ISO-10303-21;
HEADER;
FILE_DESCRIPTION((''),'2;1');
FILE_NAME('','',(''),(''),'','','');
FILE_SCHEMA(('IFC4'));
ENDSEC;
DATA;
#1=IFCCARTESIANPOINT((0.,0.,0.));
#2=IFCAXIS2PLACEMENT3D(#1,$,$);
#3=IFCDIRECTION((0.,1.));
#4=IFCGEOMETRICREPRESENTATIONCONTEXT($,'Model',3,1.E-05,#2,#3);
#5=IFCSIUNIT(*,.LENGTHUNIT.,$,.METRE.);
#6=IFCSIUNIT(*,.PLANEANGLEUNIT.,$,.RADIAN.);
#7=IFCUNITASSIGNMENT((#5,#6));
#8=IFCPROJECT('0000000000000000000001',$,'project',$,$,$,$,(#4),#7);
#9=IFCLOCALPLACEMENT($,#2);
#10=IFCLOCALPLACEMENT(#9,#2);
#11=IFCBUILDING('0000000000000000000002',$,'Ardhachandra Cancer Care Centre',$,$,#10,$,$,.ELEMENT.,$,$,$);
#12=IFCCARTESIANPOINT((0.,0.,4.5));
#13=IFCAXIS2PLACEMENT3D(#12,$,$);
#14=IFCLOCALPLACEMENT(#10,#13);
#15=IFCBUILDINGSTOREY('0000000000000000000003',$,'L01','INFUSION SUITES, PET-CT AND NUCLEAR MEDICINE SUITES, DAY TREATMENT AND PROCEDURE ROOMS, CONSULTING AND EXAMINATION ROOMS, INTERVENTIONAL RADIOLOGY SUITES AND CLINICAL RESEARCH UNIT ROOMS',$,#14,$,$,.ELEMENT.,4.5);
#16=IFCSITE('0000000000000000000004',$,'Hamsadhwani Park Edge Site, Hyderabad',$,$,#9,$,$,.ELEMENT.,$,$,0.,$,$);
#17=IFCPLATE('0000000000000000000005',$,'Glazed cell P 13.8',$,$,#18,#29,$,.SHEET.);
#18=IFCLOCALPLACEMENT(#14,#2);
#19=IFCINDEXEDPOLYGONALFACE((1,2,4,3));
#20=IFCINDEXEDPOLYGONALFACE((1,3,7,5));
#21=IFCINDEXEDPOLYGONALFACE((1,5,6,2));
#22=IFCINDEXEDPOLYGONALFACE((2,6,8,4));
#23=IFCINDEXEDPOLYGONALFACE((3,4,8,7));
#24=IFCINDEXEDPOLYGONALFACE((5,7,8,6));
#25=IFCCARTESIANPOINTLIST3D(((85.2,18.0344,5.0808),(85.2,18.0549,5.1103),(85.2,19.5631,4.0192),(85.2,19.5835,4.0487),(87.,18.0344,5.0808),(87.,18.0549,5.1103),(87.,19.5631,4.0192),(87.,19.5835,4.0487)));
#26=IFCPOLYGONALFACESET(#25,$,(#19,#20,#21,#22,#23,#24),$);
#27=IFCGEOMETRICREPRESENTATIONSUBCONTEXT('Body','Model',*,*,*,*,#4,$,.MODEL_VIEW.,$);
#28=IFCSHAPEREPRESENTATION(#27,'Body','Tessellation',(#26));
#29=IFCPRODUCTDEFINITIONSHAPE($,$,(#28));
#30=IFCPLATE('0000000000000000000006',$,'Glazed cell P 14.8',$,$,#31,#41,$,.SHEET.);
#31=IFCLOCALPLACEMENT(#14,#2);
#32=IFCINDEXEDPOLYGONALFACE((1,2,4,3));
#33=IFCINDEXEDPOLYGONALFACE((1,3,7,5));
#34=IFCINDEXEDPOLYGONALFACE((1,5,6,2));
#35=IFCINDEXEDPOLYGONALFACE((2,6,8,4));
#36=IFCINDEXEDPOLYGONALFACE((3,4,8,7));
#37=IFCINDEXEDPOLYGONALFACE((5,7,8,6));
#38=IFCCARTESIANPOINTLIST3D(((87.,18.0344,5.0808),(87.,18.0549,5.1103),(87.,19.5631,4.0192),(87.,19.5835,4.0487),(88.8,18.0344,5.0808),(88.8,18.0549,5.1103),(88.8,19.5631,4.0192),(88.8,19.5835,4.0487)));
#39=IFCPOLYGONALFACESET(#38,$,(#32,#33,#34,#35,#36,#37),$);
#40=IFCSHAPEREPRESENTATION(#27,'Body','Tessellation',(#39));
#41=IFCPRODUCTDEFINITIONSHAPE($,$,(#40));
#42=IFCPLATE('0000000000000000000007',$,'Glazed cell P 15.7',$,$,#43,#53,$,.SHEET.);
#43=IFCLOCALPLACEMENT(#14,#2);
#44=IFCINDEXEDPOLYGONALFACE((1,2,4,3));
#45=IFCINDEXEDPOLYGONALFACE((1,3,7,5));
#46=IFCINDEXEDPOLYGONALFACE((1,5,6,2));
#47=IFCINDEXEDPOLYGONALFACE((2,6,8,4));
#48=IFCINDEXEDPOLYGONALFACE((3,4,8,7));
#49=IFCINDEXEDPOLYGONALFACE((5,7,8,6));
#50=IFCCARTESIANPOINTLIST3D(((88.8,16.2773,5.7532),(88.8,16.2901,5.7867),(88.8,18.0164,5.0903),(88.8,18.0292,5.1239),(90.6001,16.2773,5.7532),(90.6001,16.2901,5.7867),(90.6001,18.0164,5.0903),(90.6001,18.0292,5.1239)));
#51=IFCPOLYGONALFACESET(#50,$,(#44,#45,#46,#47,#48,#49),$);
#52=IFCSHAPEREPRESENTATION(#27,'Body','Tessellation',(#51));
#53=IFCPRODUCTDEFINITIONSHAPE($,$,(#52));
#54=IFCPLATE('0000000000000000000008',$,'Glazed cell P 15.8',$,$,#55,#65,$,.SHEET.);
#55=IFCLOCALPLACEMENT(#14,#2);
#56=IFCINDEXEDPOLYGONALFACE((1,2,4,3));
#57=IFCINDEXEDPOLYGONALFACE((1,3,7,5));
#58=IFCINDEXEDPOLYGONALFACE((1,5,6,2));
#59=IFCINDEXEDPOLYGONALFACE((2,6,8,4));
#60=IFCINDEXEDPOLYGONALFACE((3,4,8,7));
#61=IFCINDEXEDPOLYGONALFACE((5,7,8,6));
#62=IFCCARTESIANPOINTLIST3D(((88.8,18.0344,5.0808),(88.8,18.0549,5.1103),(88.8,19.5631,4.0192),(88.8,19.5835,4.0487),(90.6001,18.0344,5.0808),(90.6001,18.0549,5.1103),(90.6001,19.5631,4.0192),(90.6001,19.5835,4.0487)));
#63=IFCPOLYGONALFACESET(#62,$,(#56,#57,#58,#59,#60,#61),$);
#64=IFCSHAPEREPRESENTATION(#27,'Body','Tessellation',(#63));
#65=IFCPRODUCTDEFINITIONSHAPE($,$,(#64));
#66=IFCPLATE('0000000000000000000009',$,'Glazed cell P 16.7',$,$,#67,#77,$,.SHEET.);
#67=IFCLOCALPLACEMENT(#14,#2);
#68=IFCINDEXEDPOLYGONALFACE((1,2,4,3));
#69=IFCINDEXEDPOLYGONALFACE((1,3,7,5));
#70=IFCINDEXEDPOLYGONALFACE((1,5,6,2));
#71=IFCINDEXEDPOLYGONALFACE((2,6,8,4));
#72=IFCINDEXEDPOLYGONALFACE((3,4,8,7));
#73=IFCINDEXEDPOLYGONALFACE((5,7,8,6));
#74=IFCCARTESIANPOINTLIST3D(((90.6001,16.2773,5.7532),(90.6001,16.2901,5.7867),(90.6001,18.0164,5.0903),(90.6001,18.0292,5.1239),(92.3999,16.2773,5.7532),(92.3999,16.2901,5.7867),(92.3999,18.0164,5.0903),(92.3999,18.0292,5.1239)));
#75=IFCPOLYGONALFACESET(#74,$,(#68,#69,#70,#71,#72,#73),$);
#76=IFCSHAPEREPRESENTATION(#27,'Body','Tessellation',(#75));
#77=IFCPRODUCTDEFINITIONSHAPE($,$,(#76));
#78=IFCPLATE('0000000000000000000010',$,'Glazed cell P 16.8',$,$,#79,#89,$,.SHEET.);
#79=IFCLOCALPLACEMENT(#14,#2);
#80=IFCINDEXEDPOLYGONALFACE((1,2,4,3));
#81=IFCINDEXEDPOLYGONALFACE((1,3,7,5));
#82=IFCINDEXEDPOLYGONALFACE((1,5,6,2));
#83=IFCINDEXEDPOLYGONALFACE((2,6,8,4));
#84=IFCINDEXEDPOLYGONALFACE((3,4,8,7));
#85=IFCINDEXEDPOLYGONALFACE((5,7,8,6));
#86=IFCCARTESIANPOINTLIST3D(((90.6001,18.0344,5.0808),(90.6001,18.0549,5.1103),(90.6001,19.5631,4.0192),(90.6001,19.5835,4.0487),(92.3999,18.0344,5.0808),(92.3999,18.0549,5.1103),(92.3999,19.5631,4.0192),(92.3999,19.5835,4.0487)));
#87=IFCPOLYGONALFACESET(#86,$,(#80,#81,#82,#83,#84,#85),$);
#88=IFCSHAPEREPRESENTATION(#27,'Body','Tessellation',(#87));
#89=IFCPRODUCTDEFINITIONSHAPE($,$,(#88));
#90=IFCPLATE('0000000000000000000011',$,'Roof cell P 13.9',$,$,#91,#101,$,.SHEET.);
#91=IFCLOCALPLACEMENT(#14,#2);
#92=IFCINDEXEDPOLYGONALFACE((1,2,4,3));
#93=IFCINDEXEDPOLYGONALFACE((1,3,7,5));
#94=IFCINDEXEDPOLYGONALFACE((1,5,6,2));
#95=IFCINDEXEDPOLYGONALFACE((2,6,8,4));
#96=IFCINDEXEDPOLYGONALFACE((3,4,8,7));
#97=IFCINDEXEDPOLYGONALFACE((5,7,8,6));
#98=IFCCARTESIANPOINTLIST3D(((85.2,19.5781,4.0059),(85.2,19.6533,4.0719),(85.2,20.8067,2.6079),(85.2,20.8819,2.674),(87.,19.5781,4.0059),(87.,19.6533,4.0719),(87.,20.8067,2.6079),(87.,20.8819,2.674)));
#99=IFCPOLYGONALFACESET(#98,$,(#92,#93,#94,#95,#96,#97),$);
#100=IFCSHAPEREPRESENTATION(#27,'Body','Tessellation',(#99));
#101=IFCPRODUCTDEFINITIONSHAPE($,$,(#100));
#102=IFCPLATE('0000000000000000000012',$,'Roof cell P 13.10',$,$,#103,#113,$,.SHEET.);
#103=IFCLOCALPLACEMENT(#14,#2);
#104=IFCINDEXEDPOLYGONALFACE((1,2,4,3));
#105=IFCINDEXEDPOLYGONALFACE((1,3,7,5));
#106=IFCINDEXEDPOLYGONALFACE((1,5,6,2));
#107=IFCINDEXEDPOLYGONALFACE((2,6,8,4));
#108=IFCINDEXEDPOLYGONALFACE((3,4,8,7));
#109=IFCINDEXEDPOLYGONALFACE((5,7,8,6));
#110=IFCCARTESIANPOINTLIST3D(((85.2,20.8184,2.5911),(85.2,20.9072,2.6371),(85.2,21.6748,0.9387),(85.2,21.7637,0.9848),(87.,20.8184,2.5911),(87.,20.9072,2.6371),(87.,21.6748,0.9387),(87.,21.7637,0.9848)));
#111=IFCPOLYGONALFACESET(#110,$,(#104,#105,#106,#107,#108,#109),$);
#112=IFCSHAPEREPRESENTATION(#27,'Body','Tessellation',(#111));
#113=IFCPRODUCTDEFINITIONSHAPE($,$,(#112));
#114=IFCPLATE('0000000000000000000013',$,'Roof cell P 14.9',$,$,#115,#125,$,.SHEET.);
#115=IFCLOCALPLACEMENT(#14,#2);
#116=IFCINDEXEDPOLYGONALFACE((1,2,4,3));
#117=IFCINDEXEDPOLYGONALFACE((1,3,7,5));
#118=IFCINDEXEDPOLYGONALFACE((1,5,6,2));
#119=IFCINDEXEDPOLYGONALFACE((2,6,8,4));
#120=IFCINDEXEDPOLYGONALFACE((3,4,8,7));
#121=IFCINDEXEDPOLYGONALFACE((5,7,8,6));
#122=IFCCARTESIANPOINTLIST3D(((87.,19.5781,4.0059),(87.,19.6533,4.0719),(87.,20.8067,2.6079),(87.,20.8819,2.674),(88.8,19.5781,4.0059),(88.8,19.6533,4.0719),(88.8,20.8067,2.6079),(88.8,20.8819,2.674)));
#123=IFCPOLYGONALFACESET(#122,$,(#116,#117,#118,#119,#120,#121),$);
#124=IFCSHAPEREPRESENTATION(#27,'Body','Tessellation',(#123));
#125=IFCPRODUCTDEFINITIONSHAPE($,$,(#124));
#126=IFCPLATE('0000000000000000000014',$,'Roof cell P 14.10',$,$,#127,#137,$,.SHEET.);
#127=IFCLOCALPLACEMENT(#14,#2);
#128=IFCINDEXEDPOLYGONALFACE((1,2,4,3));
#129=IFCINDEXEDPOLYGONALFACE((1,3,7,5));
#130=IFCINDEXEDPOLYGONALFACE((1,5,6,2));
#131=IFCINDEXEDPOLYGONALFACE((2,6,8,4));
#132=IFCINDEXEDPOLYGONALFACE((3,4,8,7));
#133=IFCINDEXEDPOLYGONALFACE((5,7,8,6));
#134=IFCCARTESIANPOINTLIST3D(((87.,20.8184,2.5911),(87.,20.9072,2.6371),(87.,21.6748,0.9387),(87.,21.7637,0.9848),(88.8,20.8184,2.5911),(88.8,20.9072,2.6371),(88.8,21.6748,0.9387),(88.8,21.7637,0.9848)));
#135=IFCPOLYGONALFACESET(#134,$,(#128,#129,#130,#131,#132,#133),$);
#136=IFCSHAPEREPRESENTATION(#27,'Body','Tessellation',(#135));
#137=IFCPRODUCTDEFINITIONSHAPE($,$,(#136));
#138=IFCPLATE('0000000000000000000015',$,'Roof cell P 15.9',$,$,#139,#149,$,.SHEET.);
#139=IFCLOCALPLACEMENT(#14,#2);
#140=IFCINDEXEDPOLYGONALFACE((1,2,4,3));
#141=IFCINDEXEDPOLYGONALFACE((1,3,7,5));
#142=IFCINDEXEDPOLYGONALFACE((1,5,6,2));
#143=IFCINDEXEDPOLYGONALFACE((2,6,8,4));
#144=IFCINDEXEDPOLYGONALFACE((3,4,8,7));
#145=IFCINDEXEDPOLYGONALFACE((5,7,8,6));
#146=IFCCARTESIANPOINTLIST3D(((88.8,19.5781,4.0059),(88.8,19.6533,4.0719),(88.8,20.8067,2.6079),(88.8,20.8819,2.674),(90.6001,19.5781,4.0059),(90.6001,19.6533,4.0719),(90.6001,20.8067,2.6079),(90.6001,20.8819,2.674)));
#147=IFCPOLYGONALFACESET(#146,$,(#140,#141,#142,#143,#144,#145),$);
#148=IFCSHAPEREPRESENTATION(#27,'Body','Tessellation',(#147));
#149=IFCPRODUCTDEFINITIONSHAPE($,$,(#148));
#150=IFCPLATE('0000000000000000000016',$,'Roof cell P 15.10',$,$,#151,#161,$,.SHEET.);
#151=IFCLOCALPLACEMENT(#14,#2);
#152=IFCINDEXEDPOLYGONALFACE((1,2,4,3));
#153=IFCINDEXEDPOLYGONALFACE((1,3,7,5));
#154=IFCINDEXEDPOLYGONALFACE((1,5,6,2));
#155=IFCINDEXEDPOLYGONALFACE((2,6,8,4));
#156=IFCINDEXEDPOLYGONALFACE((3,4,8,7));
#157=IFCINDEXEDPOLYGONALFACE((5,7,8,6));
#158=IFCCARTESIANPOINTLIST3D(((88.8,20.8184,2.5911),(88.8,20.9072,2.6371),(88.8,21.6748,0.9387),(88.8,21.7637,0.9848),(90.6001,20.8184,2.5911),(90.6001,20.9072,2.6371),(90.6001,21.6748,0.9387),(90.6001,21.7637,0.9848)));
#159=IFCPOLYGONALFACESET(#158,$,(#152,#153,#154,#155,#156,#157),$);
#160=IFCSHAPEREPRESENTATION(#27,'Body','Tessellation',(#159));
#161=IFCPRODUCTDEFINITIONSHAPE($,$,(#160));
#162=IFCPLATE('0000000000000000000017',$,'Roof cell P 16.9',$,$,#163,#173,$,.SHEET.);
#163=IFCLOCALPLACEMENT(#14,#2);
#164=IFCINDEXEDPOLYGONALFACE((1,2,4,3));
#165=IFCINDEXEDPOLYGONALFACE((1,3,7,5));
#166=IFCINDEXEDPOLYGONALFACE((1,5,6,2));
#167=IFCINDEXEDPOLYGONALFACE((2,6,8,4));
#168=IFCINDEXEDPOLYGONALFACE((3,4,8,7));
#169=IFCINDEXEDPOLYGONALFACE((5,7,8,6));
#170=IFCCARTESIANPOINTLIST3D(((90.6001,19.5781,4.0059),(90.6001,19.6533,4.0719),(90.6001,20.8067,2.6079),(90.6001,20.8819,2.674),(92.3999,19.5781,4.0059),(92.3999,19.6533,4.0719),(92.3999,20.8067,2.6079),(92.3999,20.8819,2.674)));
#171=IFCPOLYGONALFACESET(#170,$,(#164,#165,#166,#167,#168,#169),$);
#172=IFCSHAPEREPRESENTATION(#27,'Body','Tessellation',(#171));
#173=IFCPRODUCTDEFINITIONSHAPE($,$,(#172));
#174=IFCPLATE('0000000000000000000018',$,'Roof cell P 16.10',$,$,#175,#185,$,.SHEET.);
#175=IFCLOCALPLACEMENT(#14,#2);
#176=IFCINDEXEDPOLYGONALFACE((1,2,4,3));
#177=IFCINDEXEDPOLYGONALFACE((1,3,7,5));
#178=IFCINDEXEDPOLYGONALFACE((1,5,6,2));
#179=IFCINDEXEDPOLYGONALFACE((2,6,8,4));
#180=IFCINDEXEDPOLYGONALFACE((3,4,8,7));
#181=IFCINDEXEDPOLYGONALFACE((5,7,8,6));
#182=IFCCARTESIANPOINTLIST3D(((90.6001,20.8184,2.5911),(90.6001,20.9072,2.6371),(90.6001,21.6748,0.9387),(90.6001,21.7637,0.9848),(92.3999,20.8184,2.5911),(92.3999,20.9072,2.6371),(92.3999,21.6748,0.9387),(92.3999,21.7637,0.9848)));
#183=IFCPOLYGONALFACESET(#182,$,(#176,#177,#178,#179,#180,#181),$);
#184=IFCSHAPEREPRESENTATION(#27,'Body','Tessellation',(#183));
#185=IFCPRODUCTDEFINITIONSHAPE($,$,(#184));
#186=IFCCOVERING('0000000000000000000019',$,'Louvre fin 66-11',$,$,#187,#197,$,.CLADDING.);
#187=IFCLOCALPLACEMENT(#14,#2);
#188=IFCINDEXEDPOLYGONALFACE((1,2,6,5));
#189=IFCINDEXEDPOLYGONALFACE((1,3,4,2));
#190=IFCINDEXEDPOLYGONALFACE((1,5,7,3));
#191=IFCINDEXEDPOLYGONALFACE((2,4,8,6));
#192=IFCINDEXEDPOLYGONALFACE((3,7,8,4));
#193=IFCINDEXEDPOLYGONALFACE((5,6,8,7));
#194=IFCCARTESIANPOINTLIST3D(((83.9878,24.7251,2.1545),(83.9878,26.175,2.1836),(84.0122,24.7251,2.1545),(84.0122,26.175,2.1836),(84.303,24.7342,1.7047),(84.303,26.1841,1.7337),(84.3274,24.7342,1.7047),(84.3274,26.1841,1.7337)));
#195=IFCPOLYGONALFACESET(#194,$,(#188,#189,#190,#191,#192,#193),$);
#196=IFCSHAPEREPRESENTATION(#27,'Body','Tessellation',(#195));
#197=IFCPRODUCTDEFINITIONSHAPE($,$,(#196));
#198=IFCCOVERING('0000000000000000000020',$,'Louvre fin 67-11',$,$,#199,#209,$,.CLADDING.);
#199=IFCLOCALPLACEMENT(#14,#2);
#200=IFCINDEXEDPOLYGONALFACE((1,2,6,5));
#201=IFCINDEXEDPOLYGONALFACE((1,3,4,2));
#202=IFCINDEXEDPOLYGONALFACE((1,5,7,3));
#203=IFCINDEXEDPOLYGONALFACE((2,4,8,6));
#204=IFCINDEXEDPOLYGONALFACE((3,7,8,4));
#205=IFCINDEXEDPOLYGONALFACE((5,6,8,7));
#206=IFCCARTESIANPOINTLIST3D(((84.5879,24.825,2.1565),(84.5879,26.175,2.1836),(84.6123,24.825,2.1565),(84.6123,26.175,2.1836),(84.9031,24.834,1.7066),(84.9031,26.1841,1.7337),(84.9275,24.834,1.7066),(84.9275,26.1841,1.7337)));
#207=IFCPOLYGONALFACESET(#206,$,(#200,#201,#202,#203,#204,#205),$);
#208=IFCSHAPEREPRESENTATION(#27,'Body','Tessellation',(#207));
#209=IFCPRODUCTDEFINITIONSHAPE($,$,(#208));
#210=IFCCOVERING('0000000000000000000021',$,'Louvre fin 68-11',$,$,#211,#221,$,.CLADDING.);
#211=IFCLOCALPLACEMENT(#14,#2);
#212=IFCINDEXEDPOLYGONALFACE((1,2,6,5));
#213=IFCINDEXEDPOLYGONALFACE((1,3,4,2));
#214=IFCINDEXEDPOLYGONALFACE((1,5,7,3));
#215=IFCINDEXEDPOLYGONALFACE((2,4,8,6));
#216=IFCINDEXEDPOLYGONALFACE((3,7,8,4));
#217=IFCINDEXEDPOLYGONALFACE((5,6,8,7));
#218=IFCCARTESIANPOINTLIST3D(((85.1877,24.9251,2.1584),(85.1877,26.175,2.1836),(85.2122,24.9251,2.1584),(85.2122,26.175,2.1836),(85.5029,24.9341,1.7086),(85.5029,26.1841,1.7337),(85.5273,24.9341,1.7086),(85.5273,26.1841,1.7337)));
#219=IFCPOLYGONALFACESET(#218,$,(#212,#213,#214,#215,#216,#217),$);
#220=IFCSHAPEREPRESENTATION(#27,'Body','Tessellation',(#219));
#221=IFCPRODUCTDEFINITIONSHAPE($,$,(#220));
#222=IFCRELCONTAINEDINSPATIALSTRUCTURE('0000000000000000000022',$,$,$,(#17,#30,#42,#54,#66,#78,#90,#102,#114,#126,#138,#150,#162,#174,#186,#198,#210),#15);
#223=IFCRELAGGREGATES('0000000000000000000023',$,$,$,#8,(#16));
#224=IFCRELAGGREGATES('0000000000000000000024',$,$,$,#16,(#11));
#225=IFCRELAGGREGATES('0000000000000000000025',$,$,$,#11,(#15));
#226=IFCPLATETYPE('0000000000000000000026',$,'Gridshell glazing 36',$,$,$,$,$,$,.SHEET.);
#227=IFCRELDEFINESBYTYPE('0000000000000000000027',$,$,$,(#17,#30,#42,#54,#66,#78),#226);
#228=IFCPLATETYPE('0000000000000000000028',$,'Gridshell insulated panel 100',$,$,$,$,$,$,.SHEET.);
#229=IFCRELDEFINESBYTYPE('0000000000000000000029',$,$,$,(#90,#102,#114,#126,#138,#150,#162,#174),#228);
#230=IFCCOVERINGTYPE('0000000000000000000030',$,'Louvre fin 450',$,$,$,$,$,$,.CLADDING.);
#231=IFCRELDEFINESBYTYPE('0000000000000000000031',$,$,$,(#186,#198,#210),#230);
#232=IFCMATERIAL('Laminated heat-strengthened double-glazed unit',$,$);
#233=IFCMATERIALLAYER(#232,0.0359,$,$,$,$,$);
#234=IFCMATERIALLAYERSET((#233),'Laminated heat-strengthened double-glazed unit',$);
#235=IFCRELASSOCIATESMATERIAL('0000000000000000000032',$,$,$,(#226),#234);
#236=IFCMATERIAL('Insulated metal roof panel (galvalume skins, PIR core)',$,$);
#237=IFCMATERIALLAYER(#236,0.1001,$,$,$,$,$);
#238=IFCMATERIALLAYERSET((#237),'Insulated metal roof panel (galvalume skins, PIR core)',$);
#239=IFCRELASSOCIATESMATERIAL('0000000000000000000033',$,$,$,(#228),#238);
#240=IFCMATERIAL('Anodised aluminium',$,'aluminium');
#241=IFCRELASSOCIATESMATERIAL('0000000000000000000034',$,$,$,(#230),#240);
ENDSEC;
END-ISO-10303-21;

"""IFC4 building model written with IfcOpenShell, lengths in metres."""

from ifc_helpers import new_model, si_unit, direction, frame, origin, place, context, subcontext, project, spatial, polyline, outline, extrude, material, layer, layer_set, material_profile, profile_set, type_object, element, save


model = new_model("IFC4")

# Units and contexts
model_context = context("Model", 3, precision=1e-05, world=origin(), true_north=direction((0.0, 1.0)))
body_context = subcontext(model_context, "Body", "Model", "MODEL_VIEW")
ifc_project = project(units=[si_unit("LENGTHUNIT", "METRE"), si_unit("PLANEANGLEUNIT", "RADIAN")], contexts=[model_context])

# Site, building, storey
site_placement = place(None, origin())
site = spatial("IfcSite", under=ifc_project, at=site_placement, Name="Hamsadhwani Park Edge Site, Hyderabad", CompositionType="ELEMENT", RefElevation=0.0)
building_placement = place(site_placement, origin())
building = spatial("IfcBuilding", under=site, at=building_placement, Name="Ardhachandra Cancer Care Centre", CompositionType="ELEMENT")
storey_placement = place(building_placement, frame((0.0, 0.0, 4.5)))
storey = spatial("IfcBuildingStorey", under=building, at=storey_placement, Name="L01", Description="INFUSION SUITES, PET-CT AND NUCLEAR MEDICINE SUITES, DAY TREATMENT AND PROCEDURE ROOMS, CONSULTING AND EXAMINATION ROOMS, INTERVENTIONAL RADIOLOGY SUITES AND CLINICAL RESEARCH UNIT ROOMS", CompositionType="ELEMENT", Elevation=4.5)

# Plates
ifc_material_1 = material(Name="Laminated heat-strengthened double-glazed unit")
ifc_layer_1 = layer(ifc_material_1, 0.0359)
ifc_layer_set_1 = layer_set([ifc_layer_1], Name="Laminated heat-strengthened double-glazed unit")
plate_type_1 = type_object("IfcPlateType", Name="Gridshell glazing 36", PredefinedType="SHEET", material=ifc_layer_set_1)
for number, where, z_axis, x_axis, name in (
    (1, (85.2, 18.0344, 5.0808), (0.0, 0.570403, 0.821365), (1.0, 0.0, 0.0), "Glazed cell P 13.8"),
    (2, (87.0, 18.0344, 5.0808), (0.0, 0.570403, 0.821365), (1.0, 0.0, 0.0), "Glazed cell P 14.8"),
    (3, (88.8, 16.2773, 5.7532), (0.0, 0.356164, 0.934423), (1.0, 0.0, 0.0), "Glazed cell P 15.7"),
    (4, (88.8, 18.0344, 5.0808), (0.0, 0.570403, 0.821365), (1.0, 0.0, 0.0), "Glazed cell P 15.8"),
):
    element("IfcPlate", number, at=place(storey_placement, frame(where, z_axis=z_axis, x_axis=x_axis)), inside=storey, type_object=plate_type_1, Name=name, PredefinedType="SHEET", context=body_context, shape_type="SweptSolid", body=[
        extrude(outline(polyline([(0.0, 0.0), (1.8, 0.0), (1.8, 1.8611), (0.0, 1.8611), (0.0, 0.0)])), origin(), (0.0, 0.0, 1.0), 0.0359),
    ])
for number, where, z_axis, x_axis, name in (
    (5, (90.6001, 16.2773, 5.7532), (0.0, 0.356164, 0.934423), (1.0, 0.0, 0.0), "Glazed cell P 16.7"),
    (6, (90.6001, 18.0344, 5.0808), (0.0, 0.570403, 0.821365), (1.0, 0.0, 0.0), "Glazed cell P 16.8"),
):
    element("IfcPlate", number, at=place(storey_placement, frame(where, z_axis=z_axis, x_axis=x_axis)), inside=storey, type_object=plate_type_1, Name=name, PredefinedType="SHEET", context=body_context, shape_type="SweptSolid", body=[
        extrude(outline(polyline([(0.0, 0.0), (1.7998, 0.0), (1.7998, 1.8611), (0.0, 1.8611), (0.0, 0.0)])), origin(), (0.0, 0.0, 1.0), 0.0359),
    ])
ifc_material_2 = material(Name="Insulated metal roof panel (galvalume skins, PIR core)")
ifc_layer_2 = layer(ifc_material_2, 0.1001)
ifc_layer_set_2 = layer_set([ifc_layer_2], Name="Insulated metal roof panel (galvalume skins, PIR core)")
plate_type_2 = type_object("IfcPlateType", Name="Gridshell insulated panel 100", PredefinedType="SHEET", material=ifc_layer_set_2)
for number, where, z_axis, x_axis, name in (
    (7, (85.2, 19.5781, 4.0059), (0.0, 0.751161, 0.660119), (1.0, 0.0, 0.0), "Roof cell P 13.9"),
    (8, (85.2, 20.8184, 2.5911), (0.0, 0.887826, 0.460179), (1.0, 0.0, 0.0), "Roof cell P 13.10"),
    (9, (87.0, 19.5781, 4.0059), (0.0, 0.751161, 0.660119), (1.0, 0.0, 0.0), "Roof cell P 14.9"),
    (10, (87.0, 20.8184, 2.5911), (0.0, 0.887826, 0.460179), (1.0, 0.0, 0.0), "Roof cell P 14.10"),
    (11, (88.8, 19.5781, 4.0059), (0.0, 0.751161, 0.660119), (1.0, 0.0, 0.0), "Roof cell P 15.9"),
    (12, (88.8, 20.8184, 2.5911), (0.0, 0.887826, 0.460179), (1.0, 0.0, 0.0), "Roof cell P 15.10"),
):
    element("IfcPlate", number, at=place(storey_placement, frame(where, z_axis=z_axis, x_axis=x_axis)), inside=storey, type_object=plate_type_2, Name=name, PredefinedType="SHEET", context=body_context, shape_type="SweptSolid", body=[
        extrude(outline(polyline([(0.0, 0.0), (1.8, 0.0), (1.8, 1.8611), (0.0, 1.8611), (0.0, 0.0)])), origin(), (0.0, 0.0, 1.0), 0.1001),
    ])
for number, where, z_axis, x_axis, name in (
    (13, (90.6001, 19.5781, 4.0059), (0.0, 0.751161, 0.660119), (1.0, 0.0, 0.0), "Roof cell P 16.9"),
    (14, (90.6001, 20.8184, 2.5911), (0.0, 0.887826, 0.460179), (1.0, 0.0, 0.0), "Roof cell P 16.10"),
):
    element("IfcPlate", number, at=place(storey_placement, frame(where, z_axis=z_axis, x_axis=x_axis)), inside=storey, type_object=plate_type_2, Name=name, PredefinedType="SHEET", context=body_context, shape_type="SweptSolid", body=[
        extrude(outline(polyline([(0.0, 0.0), (1.7998, 0.0), (1.7998, 1.8611), (0.0, 1.8611), (0.0, 0.0)])), origin(), (0.0, 0.0, 1.0), 0.1001),
    ])

# Coverings
ifc_material_3 = material(Name="Anodised aluminium", Category="aluminium")
ifc_material_profile_1 = material_profile(ifc_material_3, outline(polyline([(-0.0122, 0.0), (0.0122, 0.0), (0.3274, -0.45), (0.303, -0.45), (-0.0122, 0.0)])), Name="Louvre fin 450")
ifc_profile_set_1 = profile_set([ifc_material_profile_1], Name="Anodised aluminium")
covering_type = type_object("IfcCoveringType", Name="Louvre fin 450", PredefinedType="CLADDING", material=ifc_profile_set_1)
covering_1_placement = place(storey_placement, frame((84.0, 26.175, 2.1836), z_axis=(0.0, -0.999799, -0.020033), x_axis=(1.0, 0.0, 0.0)))
element("IfcCovering", 15, at=covering_1_placement, inside=storey, type_object=covering_type, Name="Louvre fin 66-11", PredefinedType="CLADDING", context=body_context, shape_type="SweptSolid", body=[
    extrude(outline(polyline([(-0.0122, 0.0), (0.0122, 0.0), (0.3274, -0.45), (0.303, -0.45), (-0.0122, 0.0)])), origin(), (0.0, 0.0, 1.0), 1.4502),
])
covering_2_placement = place(storey_placement, frame((84.6001, 26.175, 2.1836), z_axis=(0.0, -0.999799, -0.020068), x_axis=(1.0, 0.0, 0.0)))
element("IfcCovering", 16, at=covering_2_placement, inside=storey, type_object=covering_type, Name="Louvre fin 67-11", PredefinedType="CLADDING", context=body_context, shape_type="SweptSolid", body=[
    extrude(outline(polyline([(-0.0122, 0.0), (0.0122, 0.0), (0.3274, -0.45), (0.303, -0.45), (-0.0122, 0.0)])), origin(), (0.0, 0.0, 1.0), 1.3503),
])
covering_3_placement = place(storey_placement, frame((85.2, 26.175, 2.1836), z_axis=(0.0, -0.999798, -0.020113), x_axis=(1.0, 0.0, 0.0)))
element("IfcCovering", 17, at=covering_3_placement, inside=storey, type_object=covering_type, Name="Louvre fin 68-11", PredefinedType="CLADDING", context=body_context, shape_type="SweptSolid", body=[
    extrude(outline(polyline([(-0.0122, 0.0), (0.0122, 0.0), (0.3274, -0.45), (0.303, -0.45), (-0.0122, 0.0)])), origin(), (0.0, 0.0, 1.0), 1.2502),
])

save(model, "model.ifc")
